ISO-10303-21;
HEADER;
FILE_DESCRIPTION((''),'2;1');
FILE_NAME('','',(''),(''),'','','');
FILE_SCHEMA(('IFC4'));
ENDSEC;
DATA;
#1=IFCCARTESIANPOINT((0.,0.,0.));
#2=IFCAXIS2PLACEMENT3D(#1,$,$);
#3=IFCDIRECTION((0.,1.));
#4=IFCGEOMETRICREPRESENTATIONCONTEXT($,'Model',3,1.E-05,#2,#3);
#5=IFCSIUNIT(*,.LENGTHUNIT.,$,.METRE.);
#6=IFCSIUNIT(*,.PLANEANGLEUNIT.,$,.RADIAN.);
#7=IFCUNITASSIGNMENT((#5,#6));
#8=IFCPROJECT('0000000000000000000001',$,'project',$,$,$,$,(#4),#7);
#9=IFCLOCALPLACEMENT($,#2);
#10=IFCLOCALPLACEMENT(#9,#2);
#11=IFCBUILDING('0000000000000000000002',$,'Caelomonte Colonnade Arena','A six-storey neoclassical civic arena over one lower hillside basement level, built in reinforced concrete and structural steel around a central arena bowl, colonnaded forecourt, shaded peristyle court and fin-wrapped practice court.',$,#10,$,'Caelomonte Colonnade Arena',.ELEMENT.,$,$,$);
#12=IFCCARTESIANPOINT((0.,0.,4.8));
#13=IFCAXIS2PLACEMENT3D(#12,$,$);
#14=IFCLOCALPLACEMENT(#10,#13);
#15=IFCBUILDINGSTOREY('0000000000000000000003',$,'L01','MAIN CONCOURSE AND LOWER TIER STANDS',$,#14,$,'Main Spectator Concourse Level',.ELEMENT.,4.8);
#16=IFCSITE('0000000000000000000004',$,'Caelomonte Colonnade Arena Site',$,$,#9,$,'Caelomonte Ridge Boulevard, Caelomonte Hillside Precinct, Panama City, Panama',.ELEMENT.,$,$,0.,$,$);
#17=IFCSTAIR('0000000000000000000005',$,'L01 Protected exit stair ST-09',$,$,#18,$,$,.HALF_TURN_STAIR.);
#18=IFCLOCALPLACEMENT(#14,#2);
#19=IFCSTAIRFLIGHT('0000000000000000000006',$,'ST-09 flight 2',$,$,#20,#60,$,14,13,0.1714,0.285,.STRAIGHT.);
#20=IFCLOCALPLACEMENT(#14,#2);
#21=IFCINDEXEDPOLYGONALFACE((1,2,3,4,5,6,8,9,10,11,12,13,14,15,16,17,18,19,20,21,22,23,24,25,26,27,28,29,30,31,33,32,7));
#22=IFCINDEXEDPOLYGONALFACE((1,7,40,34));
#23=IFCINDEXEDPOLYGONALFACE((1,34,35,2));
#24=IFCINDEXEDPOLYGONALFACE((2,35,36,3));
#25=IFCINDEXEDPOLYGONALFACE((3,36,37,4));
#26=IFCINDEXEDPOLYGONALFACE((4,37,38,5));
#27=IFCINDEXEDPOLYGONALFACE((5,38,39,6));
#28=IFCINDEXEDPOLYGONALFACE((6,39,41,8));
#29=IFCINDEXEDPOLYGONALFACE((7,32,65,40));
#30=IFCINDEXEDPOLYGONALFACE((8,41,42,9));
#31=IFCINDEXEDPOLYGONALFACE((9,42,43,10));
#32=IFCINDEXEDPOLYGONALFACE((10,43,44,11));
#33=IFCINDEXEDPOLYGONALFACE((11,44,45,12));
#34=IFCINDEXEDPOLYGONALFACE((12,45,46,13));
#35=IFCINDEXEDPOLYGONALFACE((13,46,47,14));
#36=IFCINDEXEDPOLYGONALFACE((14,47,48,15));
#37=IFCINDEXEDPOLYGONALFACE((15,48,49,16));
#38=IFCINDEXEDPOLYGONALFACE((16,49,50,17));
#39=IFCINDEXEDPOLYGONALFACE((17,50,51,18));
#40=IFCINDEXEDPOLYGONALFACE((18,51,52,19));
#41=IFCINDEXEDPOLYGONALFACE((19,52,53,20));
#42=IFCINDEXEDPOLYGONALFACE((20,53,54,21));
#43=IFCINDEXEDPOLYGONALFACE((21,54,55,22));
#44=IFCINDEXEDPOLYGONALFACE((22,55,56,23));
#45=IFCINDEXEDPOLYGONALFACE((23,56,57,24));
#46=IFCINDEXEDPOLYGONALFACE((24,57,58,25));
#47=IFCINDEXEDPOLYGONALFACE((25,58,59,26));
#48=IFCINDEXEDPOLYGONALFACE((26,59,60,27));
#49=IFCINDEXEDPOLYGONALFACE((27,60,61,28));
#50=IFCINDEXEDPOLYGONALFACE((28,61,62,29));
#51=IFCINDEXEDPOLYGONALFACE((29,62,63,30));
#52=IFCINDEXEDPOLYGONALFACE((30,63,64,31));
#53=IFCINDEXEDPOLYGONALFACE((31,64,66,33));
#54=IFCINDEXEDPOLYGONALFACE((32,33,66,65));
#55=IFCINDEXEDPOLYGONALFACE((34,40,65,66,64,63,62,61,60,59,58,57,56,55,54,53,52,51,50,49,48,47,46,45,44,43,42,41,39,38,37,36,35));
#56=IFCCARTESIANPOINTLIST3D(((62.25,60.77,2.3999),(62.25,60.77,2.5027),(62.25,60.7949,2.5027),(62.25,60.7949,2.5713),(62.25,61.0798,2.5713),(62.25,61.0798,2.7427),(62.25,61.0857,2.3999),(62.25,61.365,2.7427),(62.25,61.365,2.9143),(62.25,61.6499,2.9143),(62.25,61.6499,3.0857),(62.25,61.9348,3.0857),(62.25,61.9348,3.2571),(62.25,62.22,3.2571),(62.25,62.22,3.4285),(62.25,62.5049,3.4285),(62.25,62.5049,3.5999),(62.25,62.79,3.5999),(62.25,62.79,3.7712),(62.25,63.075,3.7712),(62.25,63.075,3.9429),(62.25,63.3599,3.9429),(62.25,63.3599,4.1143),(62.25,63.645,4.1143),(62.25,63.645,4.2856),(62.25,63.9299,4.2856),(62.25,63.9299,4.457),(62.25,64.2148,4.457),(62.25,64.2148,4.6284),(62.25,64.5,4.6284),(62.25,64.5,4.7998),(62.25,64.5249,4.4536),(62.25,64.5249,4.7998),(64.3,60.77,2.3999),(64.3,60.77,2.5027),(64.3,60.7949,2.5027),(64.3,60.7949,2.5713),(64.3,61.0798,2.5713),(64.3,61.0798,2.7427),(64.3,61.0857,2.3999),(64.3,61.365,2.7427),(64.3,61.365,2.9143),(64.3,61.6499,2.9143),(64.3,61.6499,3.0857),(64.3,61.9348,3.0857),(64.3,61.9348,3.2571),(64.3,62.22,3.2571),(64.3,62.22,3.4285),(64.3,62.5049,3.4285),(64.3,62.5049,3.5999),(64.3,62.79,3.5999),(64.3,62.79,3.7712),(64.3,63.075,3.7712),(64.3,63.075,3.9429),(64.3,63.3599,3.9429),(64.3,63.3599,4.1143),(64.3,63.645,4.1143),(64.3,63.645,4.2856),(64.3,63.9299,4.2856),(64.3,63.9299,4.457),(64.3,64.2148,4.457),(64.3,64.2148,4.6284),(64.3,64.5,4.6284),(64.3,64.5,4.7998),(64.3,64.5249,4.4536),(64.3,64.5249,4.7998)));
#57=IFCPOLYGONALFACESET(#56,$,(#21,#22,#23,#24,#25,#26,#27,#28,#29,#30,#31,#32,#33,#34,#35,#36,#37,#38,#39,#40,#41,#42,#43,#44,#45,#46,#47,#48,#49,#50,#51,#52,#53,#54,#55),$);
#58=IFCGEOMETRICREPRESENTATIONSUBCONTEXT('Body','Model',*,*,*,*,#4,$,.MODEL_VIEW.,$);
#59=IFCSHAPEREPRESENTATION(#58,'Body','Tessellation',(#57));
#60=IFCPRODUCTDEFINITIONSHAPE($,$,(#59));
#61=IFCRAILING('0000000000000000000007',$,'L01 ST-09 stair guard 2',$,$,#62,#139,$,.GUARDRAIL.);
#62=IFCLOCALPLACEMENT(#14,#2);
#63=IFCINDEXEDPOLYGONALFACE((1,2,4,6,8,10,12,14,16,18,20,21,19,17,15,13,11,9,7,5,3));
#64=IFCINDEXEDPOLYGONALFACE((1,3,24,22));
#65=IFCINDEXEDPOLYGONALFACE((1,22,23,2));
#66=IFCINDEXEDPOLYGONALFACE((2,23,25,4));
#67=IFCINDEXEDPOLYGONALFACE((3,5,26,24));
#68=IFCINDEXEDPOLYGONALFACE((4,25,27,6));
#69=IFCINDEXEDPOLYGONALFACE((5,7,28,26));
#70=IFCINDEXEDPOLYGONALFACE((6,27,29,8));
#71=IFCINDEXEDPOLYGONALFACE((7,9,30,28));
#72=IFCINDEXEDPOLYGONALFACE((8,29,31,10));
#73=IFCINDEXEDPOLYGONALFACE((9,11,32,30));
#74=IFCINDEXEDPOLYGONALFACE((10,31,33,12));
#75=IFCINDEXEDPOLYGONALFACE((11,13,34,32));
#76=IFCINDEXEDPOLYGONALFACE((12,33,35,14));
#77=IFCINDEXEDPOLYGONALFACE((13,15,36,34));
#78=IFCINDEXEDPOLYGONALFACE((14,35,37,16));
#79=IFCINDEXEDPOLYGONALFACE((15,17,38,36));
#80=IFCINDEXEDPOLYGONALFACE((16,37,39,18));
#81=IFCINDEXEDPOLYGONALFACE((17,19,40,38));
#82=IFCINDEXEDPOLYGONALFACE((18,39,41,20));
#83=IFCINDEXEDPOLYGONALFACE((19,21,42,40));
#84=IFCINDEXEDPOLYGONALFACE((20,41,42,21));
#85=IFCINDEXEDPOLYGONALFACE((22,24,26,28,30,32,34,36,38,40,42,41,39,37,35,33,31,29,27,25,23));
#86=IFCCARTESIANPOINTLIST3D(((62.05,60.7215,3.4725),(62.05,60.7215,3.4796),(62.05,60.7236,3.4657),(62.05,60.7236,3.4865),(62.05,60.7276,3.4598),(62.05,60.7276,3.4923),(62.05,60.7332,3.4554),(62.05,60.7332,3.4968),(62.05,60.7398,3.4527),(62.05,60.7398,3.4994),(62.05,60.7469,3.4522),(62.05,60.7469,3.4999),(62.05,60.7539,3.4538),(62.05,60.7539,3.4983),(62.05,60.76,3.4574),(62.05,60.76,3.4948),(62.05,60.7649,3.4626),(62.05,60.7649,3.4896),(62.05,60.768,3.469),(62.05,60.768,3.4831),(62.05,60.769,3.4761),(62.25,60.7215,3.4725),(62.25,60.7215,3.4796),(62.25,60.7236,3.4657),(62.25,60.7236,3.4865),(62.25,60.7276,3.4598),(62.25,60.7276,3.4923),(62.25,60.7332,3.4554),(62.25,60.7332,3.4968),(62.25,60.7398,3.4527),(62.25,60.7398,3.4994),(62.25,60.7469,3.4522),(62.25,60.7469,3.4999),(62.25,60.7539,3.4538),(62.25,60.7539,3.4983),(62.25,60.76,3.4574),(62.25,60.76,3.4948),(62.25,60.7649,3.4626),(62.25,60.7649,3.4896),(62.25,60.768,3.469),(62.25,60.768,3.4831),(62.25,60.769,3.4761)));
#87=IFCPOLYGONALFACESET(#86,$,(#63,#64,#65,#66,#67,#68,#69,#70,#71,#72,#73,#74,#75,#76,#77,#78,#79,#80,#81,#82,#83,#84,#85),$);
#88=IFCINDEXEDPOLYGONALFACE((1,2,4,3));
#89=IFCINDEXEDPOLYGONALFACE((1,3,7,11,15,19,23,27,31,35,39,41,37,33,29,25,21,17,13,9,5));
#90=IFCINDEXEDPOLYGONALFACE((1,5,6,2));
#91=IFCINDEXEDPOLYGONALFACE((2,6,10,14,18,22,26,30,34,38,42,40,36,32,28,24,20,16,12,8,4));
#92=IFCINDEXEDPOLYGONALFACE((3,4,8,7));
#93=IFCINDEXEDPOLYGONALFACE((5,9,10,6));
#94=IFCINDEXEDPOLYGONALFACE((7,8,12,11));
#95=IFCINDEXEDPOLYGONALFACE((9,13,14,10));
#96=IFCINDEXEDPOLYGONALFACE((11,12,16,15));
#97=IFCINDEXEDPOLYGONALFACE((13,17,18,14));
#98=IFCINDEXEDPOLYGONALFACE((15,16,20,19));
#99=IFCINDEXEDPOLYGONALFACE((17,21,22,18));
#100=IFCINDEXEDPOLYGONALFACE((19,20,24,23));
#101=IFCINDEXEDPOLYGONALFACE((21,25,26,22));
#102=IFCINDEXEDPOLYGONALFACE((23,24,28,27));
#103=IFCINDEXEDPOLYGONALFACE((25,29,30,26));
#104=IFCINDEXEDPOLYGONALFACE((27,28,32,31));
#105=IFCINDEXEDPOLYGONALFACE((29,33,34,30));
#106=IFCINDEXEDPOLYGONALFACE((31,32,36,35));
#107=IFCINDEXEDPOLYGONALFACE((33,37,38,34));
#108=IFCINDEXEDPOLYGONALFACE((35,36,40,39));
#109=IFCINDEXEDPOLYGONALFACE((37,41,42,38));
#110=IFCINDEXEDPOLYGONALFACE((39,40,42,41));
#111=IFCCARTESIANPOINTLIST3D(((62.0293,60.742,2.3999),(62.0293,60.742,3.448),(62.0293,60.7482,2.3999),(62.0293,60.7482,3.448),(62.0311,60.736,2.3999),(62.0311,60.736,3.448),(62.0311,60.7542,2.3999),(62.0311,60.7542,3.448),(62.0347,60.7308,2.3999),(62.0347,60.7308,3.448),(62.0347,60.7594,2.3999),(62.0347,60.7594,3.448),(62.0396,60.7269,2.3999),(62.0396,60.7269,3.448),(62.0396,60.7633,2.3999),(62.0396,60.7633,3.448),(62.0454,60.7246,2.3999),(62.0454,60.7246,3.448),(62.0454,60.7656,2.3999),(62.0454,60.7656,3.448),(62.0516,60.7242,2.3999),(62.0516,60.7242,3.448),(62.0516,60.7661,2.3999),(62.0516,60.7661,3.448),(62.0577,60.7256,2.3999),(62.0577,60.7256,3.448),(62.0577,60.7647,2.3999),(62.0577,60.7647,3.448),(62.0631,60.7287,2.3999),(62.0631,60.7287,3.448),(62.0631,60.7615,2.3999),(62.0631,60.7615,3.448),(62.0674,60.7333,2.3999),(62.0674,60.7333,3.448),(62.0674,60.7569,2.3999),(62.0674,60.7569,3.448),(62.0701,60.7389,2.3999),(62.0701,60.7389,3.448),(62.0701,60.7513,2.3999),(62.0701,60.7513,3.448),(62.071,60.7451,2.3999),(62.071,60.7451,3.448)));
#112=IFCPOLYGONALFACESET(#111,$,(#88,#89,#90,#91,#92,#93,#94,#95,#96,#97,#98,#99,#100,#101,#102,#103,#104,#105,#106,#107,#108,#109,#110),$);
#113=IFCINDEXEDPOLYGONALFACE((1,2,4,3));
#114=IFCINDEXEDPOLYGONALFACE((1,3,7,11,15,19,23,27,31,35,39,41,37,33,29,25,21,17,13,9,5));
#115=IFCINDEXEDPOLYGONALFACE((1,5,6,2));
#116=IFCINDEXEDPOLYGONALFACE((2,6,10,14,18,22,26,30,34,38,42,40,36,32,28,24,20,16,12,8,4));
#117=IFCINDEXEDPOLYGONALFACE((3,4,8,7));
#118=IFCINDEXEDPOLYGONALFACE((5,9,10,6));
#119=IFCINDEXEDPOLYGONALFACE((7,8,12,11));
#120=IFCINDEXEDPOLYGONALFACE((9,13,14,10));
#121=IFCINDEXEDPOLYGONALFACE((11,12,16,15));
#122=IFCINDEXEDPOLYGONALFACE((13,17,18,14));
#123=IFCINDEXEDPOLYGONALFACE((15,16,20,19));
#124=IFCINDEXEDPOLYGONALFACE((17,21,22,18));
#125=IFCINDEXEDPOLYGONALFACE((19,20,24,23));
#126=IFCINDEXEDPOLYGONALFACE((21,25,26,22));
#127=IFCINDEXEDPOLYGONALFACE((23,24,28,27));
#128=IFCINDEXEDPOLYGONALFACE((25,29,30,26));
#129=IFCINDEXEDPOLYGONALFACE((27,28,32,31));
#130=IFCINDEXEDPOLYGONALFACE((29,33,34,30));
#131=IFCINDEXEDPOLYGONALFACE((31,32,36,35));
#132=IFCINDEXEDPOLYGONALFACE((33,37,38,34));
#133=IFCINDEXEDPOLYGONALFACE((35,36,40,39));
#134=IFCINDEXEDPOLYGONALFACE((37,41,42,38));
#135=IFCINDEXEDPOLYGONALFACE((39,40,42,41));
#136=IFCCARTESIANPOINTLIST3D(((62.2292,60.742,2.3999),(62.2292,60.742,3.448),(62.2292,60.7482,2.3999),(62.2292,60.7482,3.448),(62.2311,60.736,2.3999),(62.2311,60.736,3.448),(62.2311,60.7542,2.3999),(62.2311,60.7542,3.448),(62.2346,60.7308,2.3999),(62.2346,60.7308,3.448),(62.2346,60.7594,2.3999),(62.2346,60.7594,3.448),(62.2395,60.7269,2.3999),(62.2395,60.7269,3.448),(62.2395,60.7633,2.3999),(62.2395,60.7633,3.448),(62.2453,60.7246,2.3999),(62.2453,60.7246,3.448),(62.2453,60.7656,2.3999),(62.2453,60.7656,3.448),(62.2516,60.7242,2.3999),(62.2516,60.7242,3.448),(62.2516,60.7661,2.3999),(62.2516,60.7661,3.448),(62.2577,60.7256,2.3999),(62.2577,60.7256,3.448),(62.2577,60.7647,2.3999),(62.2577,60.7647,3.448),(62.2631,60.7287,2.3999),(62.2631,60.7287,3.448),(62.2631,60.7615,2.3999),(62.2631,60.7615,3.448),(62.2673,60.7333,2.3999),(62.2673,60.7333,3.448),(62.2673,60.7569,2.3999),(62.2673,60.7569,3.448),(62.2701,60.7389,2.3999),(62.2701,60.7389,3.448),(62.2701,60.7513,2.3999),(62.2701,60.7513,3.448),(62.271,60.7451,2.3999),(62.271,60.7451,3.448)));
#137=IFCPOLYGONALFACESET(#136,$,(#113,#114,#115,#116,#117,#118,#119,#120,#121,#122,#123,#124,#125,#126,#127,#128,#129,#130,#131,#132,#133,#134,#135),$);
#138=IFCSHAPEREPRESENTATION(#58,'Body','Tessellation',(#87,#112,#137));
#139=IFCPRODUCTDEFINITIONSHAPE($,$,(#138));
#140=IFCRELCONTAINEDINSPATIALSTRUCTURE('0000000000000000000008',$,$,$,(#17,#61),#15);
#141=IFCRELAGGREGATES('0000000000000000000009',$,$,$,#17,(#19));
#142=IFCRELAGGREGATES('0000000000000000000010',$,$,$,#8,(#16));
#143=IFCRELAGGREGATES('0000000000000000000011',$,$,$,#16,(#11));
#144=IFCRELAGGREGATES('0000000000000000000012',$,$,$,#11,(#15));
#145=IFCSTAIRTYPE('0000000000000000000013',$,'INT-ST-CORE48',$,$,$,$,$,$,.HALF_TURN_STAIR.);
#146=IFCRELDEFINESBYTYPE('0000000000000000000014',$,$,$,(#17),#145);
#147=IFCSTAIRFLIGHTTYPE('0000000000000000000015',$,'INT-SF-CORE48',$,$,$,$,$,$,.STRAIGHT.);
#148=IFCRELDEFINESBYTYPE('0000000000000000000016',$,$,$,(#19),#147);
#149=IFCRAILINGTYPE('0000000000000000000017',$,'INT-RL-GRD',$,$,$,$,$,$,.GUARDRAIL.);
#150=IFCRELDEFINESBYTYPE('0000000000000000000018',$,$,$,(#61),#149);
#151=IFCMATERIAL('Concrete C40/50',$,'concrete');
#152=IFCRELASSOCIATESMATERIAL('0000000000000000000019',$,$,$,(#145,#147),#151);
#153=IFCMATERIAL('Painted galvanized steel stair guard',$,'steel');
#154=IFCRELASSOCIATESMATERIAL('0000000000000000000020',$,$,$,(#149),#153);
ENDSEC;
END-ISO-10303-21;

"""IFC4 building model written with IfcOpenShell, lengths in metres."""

from ifc_helpers import new_model, si_unit, direction, frame, origin, origin_2d, place, context, subcontext, project, spatial, polyline, circle, outline, extrude, material, type_object, element, aggregate, save


model = new_model("IFC4")

# Units and contexts
model_context = context("Model", 3, precision=1e-05, world=origin(), true_north=direction((0.0, 1.0)))
body_context = subcontext(model_context, "Body", "Model", "MODEL_VIEW")
ifc_project = project(units=[si_unit("LENGTHUNIT", "METRE"), si_unit("PLANEANGLEUNIT", "RADIAN")], contexts=[model_context])

# Site, building, storey
site_placement = place(None, origin())
site = spatial("IfcSite", under=ifc_project, at=site_placement, Name="Caelomonte Colonnade Arena Site", LongName="Caelomonte Ridge Boulevard, Caelomonte Hillside Precinct, Panama City, Panama", CompositionType="ELEMENT", RefElevation=0.0)
building_placement = place(site_placement, origin())
building = spatial("IfcBuilding", under=site, at=building_placement, Name="Caelomonte Colonnade Arena", Description="A six-storey neoclassical civic arena over one lower hillside basement level, built in reinforced concrete and structural steel around a central arena bowl, colonnaded forecourt, shaded peristyle court and fin-wrapped practice court.", LongName="Caelomonte Colonnade Arena", CompositionType="ELEMENT")
storey_placement = place(building_placement, frame((0.0, 0.0, 4.8)))
storey = spatial("IfcBuildingStorey", under=building, at=storey_placement, Name="L01", Description="MAIN CONCOURSE AND LOWER TIER STANDS", LongName="Main Spectator Concourse Level", CompositionType="ELEMENT", Elevation=4.8)

# Shared definitions
ifc_material_1 = material(Name="Concrete C40/50", Category="concrete")

# Stair, stair flight
stair_type = type_object("IfcStairType", Name="INT-ST-CORE48", PredefinedType="HALF_TURN_STAIR", material=ifc_material_1)
stair_placement = place(storey_placement, origin())
stair = element("IfcStair", 1, at=stair_placement, inside=storey, type_object=stair_type, Name="L01 Protected exit stair ST-09", PredefinedType="HALF_TURN_STAIR")
stair_flight_type = type_object("IfcStairFlightType", Name="INT-SF-CORE48", PredefinedType="STRAIGHT", material=ifc_material_1)
stair_flight_placement = place(storey_placement, frame((63.2749, 60.7949, 2.3999), z_axis=(0.0, 0.0, 1.0), x_axis=(0.0, 1.0, 0.0)))
stair_flight = element("IfcStairFlight", 2, at=stair_flight_placement, type_object=stair_flight_type, Name="ST-09 flight 2", NumberOfRisers=14, NumberOfTreads=13, PredefinedType="STRAIGHT", RiserHeight=0.1714, TreadLength=0.285, context=body_context, shape_type="SweptSolid", body=[
    extrude(outline(polyline([(-0.0249, 0.0), (-0.0249, 0.1028), (0.0, 0.1028), (0.0, 0.1714), (0.2849, 0.1714), (0.2849, 0.3428), (0.5701, 0.3428), (0.5701, 0.5144), (0.855, 0.5144), (0.855, 0.6858), (1.1399, 0.6858), (1.1399, 0.8572), (1.425, 0.8572), (1.425, 1.0286), (1.71, 1.0286), (1.71, 1.2), (1.9951, 1.2), (1.9951, 1.3713), (2.28, 1.3713), (2.28, 1.543), (2.5649, 1.543), (2.5649, 1.7144), (2.8501, 1.7144), (2.8501, 1.8857), (3.135, 1.8857), (3.135, 2.0571), (3.4199, 2.0571), (3.4199, 2.2285), (3.7051, 2.2285), (3.7051, 2.3999), (3.73, 2.3999), (3.73, 2.0537), (0.2908, 0.0), (-0.0249, 0.0)])), frame((0.0, 1.0249, 0.0), z_axis=(0.0, -1.0, 0.0), x_axis=(1.0, 0.0, 0.0)), (0.0, 0.0, 1.0), 2.05),
])
aggregate(stair, [stair_flight])

# Railing
ifc_material_2 = material(Name="Painted galvanized steel stair guard", Category="steel")
railing_type_1 = type_object("IfcRailingType", Name="INT-RL-GRD", PredefinedType="GUARDRAIL", material=ifc_material_2)
railing_1_placement = place(storey_placement, frame((62.05, 60.7451, 2.3999)))
element("IfcRailing", 3, at=railing_1_placement, inside=storey, type_object=railing_type_1, Name="L01 ST-09 stair guard 2", PredefinedType="GUARDRAIL", context=body_context, shape_type="SweptSolid", body=[
    extrude(circle(Radius=0.0239, at=origin_2d()), frame((0.0, 0.0, 1.0762), z_axis=(1.0, 0.0, 0.0), x_axis=(0.0, 1.0, 0.0)), (0.0, 0.0, 1.0), 0.2),
    extrude(circle(Radius=0.021, at=origin_2d()), origin(), (0.0, 0.0, 1.0), 1.0481),
    extrude(circle(Radius=0.021, at=origin_2d()), frame((0.2, 0.0, 0.0)), (0.0, 0.0, 1.0), 1.0481),
])

save(model, "model.ifc")
